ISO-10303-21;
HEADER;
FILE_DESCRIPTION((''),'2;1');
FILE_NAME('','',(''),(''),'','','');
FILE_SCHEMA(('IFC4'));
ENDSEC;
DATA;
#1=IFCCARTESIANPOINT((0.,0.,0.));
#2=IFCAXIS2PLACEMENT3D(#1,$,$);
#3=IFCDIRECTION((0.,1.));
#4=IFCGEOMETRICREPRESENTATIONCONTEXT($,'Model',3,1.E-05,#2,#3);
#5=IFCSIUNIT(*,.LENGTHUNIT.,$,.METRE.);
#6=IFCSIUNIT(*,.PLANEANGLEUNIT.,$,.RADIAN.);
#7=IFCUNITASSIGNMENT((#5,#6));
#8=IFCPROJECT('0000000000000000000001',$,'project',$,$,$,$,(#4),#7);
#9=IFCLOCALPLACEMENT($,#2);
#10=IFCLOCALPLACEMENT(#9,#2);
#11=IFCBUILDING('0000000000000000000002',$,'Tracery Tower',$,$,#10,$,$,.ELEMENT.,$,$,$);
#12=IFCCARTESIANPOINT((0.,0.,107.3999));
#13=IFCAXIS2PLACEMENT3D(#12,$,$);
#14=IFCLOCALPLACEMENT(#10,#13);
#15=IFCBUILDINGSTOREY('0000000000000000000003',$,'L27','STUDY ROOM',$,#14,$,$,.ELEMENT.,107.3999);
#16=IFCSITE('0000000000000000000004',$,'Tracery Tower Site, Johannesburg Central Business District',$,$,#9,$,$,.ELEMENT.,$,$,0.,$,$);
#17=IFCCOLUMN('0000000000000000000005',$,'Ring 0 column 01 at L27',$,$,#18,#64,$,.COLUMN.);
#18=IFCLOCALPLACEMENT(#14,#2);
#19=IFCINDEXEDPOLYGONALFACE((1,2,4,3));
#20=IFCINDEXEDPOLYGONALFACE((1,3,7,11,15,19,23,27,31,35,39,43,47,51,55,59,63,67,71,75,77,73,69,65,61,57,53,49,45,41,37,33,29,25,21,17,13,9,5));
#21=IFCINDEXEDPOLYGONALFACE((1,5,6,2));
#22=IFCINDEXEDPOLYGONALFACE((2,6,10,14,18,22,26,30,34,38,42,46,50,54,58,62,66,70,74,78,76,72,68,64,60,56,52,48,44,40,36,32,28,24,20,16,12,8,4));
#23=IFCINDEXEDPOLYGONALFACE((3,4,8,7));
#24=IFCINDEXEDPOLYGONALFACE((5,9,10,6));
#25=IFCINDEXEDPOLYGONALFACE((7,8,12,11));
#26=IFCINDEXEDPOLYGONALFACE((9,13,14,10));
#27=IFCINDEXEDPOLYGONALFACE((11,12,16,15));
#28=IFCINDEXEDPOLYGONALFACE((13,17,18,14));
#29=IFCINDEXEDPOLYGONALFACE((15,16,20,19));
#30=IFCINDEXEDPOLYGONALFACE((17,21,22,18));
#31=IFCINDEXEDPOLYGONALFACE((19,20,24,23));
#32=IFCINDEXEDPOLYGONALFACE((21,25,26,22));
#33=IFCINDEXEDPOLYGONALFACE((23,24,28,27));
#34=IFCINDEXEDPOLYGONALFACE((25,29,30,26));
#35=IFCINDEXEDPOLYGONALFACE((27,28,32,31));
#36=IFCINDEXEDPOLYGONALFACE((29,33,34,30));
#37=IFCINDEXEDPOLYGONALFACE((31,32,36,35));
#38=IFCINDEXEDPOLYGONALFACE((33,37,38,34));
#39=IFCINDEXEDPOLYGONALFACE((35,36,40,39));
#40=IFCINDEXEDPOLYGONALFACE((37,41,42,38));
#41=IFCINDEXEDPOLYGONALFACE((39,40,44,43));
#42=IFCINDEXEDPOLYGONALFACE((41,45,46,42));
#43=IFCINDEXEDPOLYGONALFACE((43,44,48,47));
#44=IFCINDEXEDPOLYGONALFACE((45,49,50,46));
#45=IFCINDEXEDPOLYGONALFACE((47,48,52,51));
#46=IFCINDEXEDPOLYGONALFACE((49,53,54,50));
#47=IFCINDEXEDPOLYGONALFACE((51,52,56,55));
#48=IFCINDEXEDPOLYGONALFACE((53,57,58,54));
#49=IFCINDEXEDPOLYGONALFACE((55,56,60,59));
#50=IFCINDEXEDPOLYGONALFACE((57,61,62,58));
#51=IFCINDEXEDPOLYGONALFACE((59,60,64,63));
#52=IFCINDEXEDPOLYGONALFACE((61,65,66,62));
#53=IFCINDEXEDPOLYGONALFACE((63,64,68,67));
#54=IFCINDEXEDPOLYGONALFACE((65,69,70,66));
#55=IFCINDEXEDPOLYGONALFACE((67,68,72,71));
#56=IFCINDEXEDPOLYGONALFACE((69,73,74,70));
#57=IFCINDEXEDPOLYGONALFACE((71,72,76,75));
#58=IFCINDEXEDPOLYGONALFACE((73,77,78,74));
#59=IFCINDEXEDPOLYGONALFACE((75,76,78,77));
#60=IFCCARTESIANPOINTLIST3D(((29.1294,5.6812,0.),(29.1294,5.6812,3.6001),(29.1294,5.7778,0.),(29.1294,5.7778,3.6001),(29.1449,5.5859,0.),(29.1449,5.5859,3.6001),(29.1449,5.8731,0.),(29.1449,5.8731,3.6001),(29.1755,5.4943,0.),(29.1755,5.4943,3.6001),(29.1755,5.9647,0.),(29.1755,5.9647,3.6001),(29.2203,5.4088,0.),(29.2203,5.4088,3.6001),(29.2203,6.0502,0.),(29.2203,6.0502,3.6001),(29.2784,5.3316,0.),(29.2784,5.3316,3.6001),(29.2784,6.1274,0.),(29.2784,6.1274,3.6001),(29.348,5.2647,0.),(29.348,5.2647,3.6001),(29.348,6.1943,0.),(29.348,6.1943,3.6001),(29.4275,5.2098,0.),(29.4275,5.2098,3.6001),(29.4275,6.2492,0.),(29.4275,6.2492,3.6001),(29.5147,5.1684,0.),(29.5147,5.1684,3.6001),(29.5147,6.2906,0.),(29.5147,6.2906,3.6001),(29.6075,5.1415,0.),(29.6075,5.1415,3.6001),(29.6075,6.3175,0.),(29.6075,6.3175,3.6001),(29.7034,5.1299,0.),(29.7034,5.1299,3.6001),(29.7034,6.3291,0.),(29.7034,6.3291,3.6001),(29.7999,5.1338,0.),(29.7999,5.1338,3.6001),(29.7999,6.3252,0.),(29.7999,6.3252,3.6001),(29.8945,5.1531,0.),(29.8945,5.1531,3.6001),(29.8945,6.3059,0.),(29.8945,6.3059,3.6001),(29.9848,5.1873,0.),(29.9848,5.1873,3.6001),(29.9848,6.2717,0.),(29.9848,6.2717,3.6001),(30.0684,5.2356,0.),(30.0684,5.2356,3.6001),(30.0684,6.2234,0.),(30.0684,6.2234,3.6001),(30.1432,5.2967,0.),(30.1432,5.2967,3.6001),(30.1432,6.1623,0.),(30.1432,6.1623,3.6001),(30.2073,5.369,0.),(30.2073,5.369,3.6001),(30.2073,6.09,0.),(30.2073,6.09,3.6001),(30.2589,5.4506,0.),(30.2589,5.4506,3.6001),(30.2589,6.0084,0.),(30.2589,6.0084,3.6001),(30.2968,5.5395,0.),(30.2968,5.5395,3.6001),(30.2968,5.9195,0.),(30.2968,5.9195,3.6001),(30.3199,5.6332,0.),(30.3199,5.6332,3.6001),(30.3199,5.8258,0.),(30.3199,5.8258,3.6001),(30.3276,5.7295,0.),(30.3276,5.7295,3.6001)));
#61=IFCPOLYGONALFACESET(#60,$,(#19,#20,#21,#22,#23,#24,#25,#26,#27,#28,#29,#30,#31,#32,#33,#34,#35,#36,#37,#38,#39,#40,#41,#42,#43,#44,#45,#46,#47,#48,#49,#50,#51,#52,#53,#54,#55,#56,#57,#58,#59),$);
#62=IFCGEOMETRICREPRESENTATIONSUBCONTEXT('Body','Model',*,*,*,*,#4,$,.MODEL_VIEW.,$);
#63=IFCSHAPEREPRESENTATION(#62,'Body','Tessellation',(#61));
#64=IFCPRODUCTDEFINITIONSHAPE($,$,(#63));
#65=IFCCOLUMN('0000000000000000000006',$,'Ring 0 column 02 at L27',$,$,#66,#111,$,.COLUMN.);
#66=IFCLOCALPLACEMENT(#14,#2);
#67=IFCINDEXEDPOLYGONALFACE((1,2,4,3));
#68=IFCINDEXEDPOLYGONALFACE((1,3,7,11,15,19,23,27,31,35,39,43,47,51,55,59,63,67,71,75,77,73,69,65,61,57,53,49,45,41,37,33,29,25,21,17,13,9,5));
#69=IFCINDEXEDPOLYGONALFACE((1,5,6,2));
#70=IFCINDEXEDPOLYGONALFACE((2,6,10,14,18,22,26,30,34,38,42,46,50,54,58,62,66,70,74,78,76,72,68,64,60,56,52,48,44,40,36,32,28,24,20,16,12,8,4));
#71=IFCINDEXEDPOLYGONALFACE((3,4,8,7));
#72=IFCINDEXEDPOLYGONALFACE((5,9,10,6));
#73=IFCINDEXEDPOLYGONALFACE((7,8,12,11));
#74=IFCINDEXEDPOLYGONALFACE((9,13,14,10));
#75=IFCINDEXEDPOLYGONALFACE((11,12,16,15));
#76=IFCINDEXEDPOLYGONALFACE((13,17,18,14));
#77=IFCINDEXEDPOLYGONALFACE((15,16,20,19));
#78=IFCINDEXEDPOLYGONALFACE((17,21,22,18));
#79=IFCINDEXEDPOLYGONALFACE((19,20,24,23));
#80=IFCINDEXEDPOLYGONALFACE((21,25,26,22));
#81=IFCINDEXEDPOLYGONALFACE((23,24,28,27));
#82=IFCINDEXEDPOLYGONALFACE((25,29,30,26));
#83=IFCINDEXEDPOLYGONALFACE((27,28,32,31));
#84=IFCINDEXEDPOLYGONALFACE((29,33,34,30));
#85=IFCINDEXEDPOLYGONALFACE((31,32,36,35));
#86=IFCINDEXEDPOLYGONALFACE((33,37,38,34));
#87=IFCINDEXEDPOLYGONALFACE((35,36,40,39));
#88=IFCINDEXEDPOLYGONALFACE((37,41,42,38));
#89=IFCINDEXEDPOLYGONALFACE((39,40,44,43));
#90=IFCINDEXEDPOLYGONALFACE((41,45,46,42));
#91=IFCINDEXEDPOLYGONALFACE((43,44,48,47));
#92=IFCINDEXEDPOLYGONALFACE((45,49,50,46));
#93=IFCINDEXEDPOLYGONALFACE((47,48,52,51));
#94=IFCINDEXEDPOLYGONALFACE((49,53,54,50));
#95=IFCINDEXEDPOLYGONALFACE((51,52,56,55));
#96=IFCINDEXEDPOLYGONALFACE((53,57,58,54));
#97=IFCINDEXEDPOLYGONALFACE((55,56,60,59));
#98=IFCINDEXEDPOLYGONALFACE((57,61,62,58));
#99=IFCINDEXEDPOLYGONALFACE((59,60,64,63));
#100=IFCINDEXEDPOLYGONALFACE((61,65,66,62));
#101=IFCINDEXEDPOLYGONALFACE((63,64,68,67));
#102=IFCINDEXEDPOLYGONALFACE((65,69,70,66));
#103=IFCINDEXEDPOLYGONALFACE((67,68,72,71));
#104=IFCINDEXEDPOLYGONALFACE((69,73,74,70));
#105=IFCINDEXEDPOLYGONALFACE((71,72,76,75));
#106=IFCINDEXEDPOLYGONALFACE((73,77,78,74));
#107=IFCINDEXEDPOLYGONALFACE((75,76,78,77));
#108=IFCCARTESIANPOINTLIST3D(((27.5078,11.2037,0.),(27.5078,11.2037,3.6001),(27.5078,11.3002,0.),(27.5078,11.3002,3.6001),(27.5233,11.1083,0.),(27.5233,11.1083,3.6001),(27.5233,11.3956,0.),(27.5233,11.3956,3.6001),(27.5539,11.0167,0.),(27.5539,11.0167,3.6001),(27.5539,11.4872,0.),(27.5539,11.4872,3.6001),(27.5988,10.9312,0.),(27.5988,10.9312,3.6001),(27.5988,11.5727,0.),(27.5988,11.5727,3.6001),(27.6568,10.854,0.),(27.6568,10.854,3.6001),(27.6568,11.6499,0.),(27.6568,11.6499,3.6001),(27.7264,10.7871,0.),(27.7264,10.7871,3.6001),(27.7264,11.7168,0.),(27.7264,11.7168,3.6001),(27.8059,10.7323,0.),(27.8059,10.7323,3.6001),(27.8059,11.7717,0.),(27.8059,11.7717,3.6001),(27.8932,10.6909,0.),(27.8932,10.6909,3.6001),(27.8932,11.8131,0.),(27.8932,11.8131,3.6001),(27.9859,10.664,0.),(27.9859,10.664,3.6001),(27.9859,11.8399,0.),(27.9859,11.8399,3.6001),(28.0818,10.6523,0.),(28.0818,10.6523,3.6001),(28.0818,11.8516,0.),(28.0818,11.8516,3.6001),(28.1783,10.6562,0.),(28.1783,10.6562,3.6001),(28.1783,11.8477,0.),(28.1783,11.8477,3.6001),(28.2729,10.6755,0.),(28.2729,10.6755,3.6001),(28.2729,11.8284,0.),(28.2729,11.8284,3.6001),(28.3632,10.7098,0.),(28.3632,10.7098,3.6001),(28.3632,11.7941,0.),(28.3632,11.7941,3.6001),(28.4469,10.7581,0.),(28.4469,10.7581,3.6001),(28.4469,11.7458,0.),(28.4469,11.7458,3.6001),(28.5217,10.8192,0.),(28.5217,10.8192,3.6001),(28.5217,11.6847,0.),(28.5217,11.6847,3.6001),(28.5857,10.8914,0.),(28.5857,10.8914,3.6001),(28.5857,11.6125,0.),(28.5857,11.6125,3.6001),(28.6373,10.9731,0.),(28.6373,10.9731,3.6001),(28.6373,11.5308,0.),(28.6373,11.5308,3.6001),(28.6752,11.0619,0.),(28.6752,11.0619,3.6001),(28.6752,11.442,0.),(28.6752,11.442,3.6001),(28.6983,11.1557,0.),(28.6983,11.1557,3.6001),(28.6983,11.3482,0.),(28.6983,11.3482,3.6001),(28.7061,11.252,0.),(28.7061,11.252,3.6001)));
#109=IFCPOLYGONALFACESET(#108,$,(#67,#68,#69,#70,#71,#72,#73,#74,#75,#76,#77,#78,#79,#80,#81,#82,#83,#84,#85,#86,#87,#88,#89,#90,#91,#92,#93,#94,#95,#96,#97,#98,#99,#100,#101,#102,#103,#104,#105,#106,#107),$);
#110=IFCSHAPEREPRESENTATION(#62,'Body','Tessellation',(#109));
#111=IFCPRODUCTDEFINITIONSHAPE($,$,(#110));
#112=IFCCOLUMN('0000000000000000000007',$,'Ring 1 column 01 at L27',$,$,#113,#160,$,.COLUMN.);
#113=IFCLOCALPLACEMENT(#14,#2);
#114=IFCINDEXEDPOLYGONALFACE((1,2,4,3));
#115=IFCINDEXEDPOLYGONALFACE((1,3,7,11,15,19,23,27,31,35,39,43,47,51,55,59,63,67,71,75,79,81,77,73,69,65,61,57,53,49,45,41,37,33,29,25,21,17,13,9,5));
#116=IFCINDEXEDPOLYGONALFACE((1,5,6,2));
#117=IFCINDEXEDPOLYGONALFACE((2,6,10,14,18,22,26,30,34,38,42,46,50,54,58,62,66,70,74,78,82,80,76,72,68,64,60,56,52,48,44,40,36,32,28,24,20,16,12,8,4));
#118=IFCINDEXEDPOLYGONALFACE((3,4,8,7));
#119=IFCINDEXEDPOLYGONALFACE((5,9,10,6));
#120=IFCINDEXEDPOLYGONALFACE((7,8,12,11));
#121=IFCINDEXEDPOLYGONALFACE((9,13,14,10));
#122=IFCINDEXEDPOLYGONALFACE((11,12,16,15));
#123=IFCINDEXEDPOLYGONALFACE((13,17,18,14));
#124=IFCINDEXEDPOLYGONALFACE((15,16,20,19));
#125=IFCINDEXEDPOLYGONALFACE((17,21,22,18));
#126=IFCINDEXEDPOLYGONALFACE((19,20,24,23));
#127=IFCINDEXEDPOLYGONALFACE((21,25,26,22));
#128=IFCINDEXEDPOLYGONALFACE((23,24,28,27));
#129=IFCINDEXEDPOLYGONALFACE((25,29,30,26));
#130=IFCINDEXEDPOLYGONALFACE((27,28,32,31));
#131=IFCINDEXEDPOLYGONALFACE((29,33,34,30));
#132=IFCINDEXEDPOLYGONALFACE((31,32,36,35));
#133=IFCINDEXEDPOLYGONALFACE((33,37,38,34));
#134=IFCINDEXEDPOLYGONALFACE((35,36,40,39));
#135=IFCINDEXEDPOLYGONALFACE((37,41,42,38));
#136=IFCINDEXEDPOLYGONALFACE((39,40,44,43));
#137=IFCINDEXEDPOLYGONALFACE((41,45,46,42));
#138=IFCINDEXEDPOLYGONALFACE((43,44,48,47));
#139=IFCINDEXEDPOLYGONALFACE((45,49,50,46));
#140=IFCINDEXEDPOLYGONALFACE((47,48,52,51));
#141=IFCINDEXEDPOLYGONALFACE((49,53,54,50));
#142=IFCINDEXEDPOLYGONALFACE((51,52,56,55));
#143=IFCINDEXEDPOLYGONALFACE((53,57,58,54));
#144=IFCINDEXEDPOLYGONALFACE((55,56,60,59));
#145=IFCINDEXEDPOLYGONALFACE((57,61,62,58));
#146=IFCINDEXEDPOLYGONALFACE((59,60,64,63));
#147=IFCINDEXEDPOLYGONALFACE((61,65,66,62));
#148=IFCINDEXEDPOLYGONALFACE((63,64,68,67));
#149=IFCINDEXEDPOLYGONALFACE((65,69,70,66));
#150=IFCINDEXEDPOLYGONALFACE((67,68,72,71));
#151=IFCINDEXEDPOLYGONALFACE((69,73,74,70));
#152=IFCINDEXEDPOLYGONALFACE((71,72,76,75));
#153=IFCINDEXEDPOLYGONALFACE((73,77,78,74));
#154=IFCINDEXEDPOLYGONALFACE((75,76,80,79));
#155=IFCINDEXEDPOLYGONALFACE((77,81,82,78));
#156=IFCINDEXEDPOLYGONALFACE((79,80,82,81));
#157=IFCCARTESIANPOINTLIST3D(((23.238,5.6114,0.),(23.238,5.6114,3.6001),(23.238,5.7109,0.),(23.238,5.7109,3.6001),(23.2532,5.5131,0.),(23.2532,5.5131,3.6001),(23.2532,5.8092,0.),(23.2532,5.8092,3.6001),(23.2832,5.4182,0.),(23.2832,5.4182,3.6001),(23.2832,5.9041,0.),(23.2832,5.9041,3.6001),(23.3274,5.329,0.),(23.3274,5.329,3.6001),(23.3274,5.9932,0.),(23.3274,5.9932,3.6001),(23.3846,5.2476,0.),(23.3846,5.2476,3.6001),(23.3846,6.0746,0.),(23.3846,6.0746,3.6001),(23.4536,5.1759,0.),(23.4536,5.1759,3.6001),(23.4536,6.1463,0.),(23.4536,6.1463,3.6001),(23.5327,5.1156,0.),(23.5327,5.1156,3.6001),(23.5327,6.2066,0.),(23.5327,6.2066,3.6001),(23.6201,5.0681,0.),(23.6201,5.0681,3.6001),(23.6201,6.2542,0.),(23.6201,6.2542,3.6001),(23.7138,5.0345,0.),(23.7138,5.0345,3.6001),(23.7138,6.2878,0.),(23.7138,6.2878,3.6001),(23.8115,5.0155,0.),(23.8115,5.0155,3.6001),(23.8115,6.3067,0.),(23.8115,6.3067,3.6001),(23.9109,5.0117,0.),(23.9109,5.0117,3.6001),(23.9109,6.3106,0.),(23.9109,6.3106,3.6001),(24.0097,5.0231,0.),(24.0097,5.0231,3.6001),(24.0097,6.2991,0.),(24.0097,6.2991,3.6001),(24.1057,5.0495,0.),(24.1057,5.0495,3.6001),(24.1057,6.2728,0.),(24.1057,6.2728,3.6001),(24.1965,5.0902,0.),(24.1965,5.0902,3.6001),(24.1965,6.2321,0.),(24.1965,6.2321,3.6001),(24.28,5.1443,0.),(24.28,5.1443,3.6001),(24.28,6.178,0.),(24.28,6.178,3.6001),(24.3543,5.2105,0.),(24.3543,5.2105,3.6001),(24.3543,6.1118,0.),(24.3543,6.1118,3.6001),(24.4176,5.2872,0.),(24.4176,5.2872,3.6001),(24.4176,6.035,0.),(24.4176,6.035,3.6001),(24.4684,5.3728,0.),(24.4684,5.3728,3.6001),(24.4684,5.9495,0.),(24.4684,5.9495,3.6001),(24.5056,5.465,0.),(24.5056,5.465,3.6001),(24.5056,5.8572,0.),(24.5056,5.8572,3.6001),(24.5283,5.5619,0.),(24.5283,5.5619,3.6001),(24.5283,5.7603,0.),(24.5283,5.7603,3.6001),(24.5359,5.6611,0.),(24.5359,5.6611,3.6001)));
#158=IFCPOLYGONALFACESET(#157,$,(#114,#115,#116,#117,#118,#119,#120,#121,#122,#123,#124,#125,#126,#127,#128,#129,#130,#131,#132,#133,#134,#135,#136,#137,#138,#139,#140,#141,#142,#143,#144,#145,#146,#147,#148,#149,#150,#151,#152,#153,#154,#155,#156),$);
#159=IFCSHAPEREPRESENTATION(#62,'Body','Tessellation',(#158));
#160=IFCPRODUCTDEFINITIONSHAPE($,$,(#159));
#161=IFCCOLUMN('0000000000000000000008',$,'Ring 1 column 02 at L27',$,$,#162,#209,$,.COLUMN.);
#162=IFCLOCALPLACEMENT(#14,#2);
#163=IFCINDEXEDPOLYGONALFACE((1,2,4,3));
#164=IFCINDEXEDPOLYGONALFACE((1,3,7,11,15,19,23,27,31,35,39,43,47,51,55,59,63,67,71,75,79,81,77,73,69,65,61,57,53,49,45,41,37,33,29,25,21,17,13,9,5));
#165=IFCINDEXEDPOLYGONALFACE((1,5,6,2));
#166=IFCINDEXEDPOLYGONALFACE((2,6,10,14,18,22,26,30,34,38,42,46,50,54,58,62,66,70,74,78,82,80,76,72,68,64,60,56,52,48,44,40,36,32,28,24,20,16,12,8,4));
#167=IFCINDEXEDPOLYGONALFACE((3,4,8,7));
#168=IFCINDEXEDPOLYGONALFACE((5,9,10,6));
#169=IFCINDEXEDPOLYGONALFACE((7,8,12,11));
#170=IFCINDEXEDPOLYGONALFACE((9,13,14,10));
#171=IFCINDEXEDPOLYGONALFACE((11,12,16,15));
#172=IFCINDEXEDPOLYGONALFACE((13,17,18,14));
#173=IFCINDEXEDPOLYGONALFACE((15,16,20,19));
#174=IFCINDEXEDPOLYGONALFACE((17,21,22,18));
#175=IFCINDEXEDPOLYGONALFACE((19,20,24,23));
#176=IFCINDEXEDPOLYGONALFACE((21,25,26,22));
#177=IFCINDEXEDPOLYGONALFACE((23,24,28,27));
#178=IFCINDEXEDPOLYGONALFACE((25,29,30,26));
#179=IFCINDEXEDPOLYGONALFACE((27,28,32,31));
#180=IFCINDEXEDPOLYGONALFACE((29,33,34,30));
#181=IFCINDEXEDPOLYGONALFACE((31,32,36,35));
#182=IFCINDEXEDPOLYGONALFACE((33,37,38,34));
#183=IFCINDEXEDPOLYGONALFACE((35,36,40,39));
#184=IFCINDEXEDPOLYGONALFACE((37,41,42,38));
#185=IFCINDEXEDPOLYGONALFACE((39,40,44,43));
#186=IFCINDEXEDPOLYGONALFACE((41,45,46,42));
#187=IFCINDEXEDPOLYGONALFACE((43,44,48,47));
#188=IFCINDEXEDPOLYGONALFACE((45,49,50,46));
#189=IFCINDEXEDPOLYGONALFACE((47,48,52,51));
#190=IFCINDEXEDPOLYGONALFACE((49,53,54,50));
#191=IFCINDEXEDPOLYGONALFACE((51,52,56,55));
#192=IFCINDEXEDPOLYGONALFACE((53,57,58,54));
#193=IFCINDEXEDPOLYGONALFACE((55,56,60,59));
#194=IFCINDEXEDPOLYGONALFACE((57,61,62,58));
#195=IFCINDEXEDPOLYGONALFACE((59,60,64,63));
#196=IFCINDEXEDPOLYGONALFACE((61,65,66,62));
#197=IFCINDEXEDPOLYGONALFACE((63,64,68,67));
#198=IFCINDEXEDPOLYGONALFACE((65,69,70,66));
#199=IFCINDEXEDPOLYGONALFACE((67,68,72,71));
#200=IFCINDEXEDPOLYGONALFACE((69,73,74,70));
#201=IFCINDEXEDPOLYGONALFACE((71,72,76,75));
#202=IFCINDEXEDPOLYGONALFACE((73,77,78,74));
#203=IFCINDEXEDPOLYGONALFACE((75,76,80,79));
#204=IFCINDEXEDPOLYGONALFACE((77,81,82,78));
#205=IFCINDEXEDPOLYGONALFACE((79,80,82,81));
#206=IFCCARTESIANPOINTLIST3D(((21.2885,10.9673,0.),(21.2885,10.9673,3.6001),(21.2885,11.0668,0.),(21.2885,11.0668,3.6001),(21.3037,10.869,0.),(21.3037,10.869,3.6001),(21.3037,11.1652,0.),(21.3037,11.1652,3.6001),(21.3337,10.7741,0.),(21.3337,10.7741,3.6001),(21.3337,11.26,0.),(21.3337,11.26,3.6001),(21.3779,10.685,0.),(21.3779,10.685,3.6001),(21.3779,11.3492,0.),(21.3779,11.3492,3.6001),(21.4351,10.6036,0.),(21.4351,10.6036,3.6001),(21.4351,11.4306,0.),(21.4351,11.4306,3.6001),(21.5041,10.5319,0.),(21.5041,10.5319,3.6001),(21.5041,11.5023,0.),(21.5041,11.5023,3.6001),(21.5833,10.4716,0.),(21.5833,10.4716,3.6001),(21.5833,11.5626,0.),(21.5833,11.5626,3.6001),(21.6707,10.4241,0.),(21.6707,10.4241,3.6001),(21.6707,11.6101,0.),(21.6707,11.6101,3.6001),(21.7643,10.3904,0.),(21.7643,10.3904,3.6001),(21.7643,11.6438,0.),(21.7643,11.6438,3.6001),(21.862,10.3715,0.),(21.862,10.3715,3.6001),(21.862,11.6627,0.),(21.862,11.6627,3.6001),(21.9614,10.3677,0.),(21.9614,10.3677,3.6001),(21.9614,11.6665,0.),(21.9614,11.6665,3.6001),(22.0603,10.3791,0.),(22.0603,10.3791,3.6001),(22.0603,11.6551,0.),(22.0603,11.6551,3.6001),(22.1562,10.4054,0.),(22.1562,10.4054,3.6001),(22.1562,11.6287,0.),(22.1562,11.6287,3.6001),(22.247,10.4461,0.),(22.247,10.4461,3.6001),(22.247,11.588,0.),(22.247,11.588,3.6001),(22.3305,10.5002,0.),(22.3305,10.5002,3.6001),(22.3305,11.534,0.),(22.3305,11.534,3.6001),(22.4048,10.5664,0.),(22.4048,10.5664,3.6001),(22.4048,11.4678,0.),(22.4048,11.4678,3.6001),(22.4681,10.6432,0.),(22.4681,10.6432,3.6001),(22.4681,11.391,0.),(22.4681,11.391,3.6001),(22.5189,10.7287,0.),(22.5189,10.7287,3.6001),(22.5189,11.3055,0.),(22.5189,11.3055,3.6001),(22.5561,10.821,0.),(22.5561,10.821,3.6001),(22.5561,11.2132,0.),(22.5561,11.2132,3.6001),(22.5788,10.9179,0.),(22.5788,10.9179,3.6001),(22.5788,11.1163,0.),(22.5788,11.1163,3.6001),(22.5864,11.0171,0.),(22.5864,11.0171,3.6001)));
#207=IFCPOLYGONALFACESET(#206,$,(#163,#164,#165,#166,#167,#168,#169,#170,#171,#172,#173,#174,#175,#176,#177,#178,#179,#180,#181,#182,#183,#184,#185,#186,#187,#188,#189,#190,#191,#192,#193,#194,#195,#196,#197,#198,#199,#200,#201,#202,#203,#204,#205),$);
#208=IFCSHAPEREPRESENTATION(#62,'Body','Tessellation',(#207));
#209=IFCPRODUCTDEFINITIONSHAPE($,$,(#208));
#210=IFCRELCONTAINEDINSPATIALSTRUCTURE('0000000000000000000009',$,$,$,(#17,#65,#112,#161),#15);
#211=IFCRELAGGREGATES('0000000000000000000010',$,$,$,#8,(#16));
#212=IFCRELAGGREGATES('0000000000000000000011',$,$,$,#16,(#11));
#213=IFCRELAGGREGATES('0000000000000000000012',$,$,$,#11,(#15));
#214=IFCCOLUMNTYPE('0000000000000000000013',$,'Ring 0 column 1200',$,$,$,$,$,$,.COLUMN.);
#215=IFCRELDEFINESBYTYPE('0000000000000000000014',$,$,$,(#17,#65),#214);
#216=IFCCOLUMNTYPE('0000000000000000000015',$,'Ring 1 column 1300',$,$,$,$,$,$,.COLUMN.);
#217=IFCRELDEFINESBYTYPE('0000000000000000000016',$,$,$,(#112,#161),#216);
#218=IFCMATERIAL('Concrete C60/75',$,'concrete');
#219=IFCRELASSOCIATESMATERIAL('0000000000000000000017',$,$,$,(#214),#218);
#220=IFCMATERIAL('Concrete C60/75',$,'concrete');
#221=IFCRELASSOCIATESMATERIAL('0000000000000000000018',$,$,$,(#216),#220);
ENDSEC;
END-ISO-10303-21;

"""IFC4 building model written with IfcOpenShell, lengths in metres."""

from ifc_helpers import new_model, si_unit, direction, frame, origin, origin_2d, place, context, subcontext, project, spatial, circle, extrude, material, material_profile, profile_set, type_object, element, save


model = new_model("IFC4")

# Units and contexts
model_context = context("Model", 3, precision=1e-05, world=origin(), true_north=direction((0.0, 1.0)))
body_context = subcontext(model_context, "Body", "Model", "MODEL_VIEW")
ifc_project = project(units=[si_unit("LENGTHUNIT", "METRE"), si_unit("PLANEANGLEUNIT", "RADIAN")], contexts=[model_context])

# Site, building, storey
site_placement = place(None, origin())
site = spatial("IfcSite", under=ifc_project, at=site_placement, Name="Tracery Tower Site, Johannesburg Central Business District", CompositionType="ELEMENT", RefElevation=0.0)
building_placement = place(site_placement, origin())
building = spatial("IfcBuilding", under=site, at=building_placement, Name="Tracery Tower", CompositionType="ELEMENT")
storey_placement = place(building_placement, frame((0.0, 0.0, 107.3999)))
storey = spatial("IfcBuildingStorey", under=building, at=storey_placement, Name="L27", Description="STUDY ROOM", CompositionType="ELEMENT", Elevation=107.3999)

# Columns
ifc_material_1 = material(Name="Concrete C60/75", Category="concrete")
ifc_material_profile_1 = material_profile(ifc_material_1, circle(Radius=0.6001, at=origin_2d()), Name="RC D1200")
ifc_profile_set_1 = profile_set([ifc_material_profile_1], Name="Concrete C60/75")
column_type_1 = type_object("IfcColumnType", Name="Ring 0 column 1200", PredefinedType="COLUMN", material=ifc_profile_set_1)
for number, where, z_axis, x_axis, name in (
    (1, (29.7275, 5.7295, 0.0), (0.0, 0.0, 1.0), (1.0, 0.0, 0.0), "Ring 0 column 01 at L27"),
    (2, (28.106, 11.252, 0.0), (0.0, 0.0, 1.0), (1.0, 0.0, 0.0), "Ring 0 column 02 at L27"),
):
    element("IfcColumn", number, at=place(storey_placement, frame(where, z_axis=z_axis, x_axis=x_axis)), inside=storey, type_object=column_type_1, Name=name, PredefinedType="COLUMN", context=body_context, shape_type="SweptSolid", body=[
        extrude(circle(Radius=0.6001, at=origin_2d()), origin(), (0.0, 0.0, 1.0), 3.6001),
    ])
ifc_material_2 = material(Name="Concrete C60/75", Category="concrete")
ifc_material_profile_2 = material_profile(ifc_material_2, circle(Radius=0.6499, at=origin_2d()), Name="RC D1300")
ifc_profile_set_2 = profile_set([ifc_material_profile_2], Name="Concrete C60/75")
column_type_2 = type_object("IfcColumnType", Name="Ring 1 column 1300", PredefinedType="COLUMN", material=ifc_profile_set_2)
for number, where, z_axis, x_axis, name in (
    (3, (23.886, 5.6611, 0.0), (0.0, 0.0, 1.0), (1.0, 0.0, 0.0), "Ring 1 column 01 at L27"),
    (4, (21.9365, 11.0171, 0.0), (0.0, 0.0, 1.0), (1.0, 0.0, 0.0), "Ring 1 column 02 at L27"),
):
    element("IfcColumn", number, at=place(storey_placement, frame(where, z_axis=z_axis, x_axis=x_axis)), inside=storey, type_object=column_type_2, Name=name, PredefinedType="COLUMN", context=body_context, shape_type="SweptSolid", body=[
        extrude(circle(Radius=0.6499, at=origin_2d()), origin(), (0.0, 0.0, 1.0), 3.6001),
    ])

save(model, "model.ifc")
